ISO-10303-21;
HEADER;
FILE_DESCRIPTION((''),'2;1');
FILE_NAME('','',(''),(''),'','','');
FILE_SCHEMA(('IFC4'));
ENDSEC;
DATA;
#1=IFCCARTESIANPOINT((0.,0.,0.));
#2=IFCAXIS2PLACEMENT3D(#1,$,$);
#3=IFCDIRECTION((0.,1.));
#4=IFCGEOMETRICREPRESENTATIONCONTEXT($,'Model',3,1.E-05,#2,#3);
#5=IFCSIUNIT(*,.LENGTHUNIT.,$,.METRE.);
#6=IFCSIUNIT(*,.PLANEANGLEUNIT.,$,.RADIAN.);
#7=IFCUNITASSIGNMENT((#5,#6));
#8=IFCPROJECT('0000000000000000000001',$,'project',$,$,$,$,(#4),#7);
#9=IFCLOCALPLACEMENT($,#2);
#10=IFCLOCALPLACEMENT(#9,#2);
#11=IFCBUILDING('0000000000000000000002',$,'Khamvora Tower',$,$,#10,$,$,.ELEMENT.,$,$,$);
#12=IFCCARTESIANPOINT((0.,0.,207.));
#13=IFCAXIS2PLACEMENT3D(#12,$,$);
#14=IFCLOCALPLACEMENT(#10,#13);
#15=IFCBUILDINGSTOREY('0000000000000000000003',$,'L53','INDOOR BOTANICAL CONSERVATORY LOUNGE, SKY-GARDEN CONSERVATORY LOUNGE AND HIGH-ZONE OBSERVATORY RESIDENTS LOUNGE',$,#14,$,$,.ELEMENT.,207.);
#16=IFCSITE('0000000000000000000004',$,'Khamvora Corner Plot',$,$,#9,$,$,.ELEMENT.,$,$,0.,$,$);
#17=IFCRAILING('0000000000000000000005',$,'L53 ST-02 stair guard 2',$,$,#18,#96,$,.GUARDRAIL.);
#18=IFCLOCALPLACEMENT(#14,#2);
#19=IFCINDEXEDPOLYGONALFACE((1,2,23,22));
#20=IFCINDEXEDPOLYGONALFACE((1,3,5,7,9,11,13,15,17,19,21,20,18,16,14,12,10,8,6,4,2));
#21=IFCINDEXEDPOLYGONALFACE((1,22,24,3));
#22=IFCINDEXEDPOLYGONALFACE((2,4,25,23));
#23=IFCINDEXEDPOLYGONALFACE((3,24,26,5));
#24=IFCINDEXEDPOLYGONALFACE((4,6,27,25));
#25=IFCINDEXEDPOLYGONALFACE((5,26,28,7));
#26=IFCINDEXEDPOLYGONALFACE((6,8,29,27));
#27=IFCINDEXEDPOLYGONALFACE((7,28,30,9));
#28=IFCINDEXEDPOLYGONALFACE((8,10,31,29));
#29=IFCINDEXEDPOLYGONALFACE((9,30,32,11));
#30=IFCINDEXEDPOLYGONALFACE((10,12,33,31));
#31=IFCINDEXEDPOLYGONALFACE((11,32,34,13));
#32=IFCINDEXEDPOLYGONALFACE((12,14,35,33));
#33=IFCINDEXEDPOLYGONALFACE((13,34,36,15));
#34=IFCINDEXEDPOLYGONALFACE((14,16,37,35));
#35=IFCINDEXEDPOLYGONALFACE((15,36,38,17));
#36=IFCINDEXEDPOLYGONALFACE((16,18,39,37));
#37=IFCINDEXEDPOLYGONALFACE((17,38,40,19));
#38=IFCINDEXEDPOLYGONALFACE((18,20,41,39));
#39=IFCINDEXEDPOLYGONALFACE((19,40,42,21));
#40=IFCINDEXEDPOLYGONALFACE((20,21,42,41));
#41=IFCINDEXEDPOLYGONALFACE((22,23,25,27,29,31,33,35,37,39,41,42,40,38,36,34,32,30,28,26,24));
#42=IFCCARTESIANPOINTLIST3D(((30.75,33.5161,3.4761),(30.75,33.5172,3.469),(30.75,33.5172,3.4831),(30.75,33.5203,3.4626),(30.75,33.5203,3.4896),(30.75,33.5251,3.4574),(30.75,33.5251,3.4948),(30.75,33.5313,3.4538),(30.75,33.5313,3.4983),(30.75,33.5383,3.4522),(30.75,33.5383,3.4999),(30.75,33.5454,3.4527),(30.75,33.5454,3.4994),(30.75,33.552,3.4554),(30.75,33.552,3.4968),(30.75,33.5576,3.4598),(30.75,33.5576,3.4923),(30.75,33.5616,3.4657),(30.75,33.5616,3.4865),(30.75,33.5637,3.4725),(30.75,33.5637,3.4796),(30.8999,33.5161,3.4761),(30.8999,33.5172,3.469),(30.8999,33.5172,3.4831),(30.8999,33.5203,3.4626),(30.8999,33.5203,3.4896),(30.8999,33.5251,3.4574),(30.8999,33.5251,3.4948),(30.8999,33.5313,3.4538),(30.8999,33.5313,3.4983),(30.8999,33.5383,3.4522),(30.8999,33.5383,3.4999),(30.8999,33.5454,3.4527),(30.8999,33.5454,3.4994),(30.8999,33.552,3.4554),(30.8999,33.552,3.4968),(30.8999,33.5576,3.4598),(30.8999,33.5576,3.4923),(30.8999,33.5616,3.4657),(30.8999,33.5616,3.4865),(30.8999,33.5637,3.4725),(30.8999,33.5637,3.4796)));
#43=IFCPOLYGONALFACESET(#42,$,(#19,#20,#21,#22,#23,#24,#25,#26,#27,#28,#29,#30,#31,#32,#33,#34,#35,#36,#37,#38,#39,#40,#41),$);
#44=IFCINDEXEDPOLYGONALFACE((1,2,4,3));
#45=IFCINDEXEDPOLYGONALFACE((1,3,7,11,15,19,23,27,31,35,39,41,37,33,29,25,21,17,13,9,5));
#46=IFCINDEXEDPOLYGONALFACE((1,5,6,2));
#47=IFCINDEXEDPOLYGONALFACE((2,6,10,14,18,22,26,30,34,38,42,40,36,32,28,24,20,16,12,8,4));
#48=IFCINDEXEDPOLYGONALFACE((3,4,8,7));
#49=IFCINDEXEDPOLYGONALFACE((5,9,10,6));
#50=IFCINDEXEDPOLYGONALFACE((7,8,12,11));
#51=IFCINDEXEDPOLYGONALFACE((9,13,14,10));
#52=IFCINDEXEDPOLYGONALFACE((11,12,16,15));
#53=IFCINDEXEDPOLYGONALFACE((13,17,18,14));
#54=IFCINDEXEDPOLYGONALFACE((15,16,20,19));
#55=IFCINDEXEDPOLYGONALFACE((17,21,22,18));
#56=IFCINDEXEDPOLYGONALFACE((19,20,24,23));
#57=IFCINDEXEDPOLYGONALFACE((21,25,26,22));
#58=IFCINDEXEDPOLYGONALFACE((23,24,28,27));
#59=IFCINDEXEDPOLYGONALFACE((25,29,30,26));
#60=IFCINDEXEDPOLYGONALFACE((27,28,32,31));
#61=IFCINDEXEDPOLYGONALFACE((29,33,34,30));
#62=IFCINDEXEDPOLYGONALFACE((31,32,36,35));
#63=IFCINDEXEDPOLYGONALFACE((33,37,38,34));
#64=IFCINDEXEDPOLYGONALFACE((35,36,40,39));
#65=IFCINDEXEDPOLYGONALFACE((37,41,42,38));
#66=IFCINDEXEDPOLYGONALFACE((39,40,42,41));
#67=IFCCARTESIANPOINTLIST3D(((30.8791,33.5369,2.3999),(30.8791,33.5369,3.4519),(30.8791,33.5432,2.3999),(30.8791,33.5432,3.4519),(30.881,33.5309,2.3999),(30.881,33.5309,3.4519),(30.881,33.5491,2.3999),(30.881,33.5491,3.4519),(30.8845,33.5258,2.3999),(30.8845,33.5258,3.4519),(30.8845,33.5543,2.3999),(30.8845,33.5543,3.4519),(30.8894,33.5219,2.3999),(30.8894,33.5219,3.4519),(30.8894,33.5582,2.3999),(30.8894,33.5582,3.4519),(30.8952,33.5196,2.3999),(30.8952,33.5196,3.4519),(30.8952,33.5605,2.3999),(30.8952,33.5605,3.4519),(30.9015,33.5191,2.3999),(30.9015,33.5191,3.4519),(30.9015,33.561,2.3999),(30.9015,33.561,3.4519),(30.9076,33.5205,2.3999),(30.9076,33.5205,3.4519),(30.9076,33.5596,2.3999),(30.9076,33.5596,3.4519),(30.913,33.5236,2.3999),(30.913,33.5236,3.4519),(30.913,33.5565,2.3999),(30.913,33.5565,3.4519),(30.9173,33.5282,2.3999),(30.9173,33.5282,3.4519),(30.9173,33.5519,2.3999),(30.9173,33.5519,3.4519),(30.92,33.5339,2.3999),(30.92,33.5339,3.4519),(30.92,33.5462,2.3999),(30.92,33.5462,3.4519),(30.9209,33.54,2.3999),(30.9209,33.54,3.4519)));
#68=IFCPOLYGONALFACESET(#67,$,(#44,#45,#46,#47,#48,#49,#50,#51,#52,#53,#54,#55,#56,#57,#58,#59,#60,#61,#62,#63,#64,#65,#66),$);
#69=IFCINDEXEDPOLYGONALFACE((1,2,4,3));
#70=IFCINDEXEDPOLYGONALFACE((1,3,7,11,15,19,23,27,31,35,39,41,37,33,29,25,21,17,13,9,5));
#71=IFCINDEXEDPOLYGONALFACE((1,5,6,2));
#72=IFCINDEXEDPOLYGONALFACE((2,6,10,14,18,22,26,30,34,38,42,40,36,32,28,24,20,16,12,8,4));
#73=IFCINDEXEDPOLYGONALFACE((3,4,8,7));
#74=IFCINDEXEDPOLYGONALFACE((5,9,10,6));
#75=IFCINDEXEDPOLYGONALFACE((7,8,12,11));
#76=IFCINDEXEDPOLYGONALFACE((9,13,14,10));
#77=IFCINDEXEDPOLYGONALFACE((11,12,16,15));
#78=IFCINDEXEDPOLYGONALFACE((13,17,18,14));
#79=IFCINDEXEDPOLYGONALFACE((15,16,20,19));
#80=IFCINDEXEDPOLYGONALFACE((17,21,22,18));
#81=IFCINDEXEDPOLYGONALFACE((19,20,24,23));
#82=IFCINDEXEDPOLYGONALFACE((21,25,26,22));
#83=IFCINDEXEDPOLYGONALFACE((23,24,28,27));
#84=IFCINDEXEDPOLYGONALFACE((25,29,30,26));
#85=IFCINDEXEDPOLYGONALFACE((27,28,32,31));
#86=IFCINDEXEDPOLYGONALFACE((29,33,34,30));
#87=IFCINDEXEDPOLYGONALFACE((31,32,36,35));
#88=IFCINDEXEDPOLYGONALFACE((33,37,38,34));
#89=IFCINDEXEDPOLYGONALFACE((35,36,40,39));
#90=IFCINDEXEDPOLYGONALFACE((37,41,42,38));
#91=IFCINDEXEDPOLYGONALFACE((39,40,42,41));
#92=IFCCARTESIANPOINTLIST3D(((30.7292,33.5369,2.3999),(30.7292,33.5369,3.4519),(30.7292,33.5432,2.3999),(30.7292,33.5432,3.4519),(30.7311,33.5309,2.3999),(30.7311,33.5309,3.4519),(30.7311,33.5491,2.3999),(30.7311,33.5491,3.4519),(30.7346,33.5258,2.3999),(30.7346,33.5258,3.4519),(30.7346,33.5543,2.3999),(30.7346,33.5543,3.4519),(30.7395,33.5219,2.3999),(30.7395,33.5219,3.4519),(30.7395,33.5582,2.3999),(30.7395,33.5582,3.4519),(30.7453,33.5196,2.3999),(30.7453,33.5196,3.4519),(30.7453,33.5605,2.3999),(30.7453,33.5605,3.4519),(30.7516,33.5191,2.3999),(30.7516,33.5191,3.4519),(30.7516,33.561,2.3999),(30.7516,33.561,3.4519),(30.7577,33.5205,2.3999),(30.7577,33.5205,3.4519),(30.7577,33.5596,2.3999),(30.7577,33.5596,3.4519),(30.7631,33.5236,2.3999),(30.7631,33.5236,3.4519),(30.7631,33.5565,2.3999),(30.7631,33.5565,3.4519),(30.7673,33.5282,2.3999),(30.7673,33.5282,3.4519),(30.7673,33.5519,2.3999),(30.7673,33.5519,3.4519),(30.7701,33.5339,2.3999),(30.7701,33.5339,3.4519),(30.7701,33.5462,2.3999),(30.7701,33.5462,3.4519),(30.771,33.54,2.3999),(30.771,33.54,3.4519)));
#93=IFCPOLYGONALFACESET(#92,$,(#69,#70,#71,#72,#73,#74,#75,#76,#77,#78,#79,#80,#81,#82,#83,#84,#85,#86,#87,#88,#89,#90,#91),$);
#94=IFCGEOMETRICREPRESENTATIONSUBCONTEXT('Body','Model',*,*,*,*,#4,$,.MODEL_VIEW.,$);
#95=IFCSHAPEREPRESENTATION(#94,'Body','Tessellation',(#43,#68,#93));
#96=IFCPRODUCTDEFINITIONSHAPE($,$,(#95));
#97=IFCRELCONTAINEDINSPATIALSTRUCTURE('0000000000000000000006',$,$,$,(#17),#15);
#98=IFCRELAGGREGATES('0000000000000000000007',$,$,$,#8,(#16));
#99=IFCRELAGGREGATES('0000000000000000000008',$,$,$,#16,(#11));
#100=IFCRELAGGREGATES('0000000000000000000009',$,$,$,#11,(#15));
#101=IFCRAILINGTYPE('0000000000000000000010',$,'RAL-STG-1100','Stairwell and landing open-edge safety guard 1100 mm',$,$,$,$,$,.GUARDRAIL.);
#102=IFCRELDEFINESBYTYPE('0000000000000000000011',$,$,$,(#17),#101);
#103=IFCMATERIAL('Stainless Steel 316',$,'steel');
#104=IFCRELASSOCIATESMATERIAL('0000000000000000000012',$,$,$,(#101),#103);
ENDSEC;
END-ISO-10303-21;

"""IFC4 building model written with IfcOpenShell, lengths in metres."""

from ifc_helpers import new_model, si_unit, direction, frame, origin, origin_2d, place, context, subcontext, project, spatial, circle, extrude, material, type_object, element, save


model = new_model("IFC4")

# Units and contexts
model_context = context("Model", 3, precision=1e-05, world=origin(), true_north=direction((0.0, 1.0)))
body_context = subcontext(model_context, "Body", "Model", "MODEL_VIEW")
ifc_project = project(units=[si_unit("LENGTHUNIT", "METRE"), si_unit("PLANEANGLEUNIT", "RADIAN")], contexts=[model_context])

# Site, building, storey
site_placement = place(None, origin())
site = spatial("IfcSite", under=ifc_project, at=site_placement, Name="Khamvora Corner Plot", CompositionType="ELEMENT", RefElevation=0.0)
building_placement = place(site_placement, origin())
building = spatial("IfcBuilding", under=site, at=building_placement, Name="Khamvora Tower", CompositionType="ELEMENT")
storey_placement = place(building_placement, frame((0.0, 0.0, 207.0)))
storey = spatial("IfcBuildingStorey", under=building, at=storey_placement, Name="L53", Description="INDOOR BOTANICAL CONSERVATORY LOUNGE, SKY-GARDEN CONSERVATORY LOUNGE AND HIGH-ZONE OBSERVATORY RESIDENTS LOUNGE", CompositionType="ELEMENT", Elevation=207.0)

# Railing
ifc_material_1 = material(Name="Stainless Steel 316", Category="steel")
railing_type_1 = type_object("IfcRailingType", Name="RAL-STG-1100", Description="Stairwell and landing open-edge safety guard 1100 mm", PredefinedType="GUARDRAIL", material=ifc_material_1)
railing_1_placement = place(storey_placement, frame((30.8999, 33.54, 2.3999)))
element("IfcRailing", 1, at=railing_1_placement, inside=storey, type_object=railing_type_1, Name="L53 ST-02 stair guard 2", PredefinedType="GUARDRAIL", context=body_context, shape_type="SweptSolid", body=[
    extrude(circle(Radius=0.0239, at=origin_2d()), frame((0.0, 0.0, 1.0762), z_axis=(-1.0, 0.0, 0.0), x_axis=(0.0, -1.0, 0.0)), (0.0, 0.0, 1.0), 0.1499),
    extrude(circle(Radius=0.021, at=origin_2d()), origin(), (0.0, 0.0, 1.0), 1.052),
    extrude(circle(Radius=0.021, at=origin_2d()), frame((-0.1499, 0.0, 0.0)), (0.0, 0.0, 1.0), 1.052),
])

save(model, "model.ifc")
